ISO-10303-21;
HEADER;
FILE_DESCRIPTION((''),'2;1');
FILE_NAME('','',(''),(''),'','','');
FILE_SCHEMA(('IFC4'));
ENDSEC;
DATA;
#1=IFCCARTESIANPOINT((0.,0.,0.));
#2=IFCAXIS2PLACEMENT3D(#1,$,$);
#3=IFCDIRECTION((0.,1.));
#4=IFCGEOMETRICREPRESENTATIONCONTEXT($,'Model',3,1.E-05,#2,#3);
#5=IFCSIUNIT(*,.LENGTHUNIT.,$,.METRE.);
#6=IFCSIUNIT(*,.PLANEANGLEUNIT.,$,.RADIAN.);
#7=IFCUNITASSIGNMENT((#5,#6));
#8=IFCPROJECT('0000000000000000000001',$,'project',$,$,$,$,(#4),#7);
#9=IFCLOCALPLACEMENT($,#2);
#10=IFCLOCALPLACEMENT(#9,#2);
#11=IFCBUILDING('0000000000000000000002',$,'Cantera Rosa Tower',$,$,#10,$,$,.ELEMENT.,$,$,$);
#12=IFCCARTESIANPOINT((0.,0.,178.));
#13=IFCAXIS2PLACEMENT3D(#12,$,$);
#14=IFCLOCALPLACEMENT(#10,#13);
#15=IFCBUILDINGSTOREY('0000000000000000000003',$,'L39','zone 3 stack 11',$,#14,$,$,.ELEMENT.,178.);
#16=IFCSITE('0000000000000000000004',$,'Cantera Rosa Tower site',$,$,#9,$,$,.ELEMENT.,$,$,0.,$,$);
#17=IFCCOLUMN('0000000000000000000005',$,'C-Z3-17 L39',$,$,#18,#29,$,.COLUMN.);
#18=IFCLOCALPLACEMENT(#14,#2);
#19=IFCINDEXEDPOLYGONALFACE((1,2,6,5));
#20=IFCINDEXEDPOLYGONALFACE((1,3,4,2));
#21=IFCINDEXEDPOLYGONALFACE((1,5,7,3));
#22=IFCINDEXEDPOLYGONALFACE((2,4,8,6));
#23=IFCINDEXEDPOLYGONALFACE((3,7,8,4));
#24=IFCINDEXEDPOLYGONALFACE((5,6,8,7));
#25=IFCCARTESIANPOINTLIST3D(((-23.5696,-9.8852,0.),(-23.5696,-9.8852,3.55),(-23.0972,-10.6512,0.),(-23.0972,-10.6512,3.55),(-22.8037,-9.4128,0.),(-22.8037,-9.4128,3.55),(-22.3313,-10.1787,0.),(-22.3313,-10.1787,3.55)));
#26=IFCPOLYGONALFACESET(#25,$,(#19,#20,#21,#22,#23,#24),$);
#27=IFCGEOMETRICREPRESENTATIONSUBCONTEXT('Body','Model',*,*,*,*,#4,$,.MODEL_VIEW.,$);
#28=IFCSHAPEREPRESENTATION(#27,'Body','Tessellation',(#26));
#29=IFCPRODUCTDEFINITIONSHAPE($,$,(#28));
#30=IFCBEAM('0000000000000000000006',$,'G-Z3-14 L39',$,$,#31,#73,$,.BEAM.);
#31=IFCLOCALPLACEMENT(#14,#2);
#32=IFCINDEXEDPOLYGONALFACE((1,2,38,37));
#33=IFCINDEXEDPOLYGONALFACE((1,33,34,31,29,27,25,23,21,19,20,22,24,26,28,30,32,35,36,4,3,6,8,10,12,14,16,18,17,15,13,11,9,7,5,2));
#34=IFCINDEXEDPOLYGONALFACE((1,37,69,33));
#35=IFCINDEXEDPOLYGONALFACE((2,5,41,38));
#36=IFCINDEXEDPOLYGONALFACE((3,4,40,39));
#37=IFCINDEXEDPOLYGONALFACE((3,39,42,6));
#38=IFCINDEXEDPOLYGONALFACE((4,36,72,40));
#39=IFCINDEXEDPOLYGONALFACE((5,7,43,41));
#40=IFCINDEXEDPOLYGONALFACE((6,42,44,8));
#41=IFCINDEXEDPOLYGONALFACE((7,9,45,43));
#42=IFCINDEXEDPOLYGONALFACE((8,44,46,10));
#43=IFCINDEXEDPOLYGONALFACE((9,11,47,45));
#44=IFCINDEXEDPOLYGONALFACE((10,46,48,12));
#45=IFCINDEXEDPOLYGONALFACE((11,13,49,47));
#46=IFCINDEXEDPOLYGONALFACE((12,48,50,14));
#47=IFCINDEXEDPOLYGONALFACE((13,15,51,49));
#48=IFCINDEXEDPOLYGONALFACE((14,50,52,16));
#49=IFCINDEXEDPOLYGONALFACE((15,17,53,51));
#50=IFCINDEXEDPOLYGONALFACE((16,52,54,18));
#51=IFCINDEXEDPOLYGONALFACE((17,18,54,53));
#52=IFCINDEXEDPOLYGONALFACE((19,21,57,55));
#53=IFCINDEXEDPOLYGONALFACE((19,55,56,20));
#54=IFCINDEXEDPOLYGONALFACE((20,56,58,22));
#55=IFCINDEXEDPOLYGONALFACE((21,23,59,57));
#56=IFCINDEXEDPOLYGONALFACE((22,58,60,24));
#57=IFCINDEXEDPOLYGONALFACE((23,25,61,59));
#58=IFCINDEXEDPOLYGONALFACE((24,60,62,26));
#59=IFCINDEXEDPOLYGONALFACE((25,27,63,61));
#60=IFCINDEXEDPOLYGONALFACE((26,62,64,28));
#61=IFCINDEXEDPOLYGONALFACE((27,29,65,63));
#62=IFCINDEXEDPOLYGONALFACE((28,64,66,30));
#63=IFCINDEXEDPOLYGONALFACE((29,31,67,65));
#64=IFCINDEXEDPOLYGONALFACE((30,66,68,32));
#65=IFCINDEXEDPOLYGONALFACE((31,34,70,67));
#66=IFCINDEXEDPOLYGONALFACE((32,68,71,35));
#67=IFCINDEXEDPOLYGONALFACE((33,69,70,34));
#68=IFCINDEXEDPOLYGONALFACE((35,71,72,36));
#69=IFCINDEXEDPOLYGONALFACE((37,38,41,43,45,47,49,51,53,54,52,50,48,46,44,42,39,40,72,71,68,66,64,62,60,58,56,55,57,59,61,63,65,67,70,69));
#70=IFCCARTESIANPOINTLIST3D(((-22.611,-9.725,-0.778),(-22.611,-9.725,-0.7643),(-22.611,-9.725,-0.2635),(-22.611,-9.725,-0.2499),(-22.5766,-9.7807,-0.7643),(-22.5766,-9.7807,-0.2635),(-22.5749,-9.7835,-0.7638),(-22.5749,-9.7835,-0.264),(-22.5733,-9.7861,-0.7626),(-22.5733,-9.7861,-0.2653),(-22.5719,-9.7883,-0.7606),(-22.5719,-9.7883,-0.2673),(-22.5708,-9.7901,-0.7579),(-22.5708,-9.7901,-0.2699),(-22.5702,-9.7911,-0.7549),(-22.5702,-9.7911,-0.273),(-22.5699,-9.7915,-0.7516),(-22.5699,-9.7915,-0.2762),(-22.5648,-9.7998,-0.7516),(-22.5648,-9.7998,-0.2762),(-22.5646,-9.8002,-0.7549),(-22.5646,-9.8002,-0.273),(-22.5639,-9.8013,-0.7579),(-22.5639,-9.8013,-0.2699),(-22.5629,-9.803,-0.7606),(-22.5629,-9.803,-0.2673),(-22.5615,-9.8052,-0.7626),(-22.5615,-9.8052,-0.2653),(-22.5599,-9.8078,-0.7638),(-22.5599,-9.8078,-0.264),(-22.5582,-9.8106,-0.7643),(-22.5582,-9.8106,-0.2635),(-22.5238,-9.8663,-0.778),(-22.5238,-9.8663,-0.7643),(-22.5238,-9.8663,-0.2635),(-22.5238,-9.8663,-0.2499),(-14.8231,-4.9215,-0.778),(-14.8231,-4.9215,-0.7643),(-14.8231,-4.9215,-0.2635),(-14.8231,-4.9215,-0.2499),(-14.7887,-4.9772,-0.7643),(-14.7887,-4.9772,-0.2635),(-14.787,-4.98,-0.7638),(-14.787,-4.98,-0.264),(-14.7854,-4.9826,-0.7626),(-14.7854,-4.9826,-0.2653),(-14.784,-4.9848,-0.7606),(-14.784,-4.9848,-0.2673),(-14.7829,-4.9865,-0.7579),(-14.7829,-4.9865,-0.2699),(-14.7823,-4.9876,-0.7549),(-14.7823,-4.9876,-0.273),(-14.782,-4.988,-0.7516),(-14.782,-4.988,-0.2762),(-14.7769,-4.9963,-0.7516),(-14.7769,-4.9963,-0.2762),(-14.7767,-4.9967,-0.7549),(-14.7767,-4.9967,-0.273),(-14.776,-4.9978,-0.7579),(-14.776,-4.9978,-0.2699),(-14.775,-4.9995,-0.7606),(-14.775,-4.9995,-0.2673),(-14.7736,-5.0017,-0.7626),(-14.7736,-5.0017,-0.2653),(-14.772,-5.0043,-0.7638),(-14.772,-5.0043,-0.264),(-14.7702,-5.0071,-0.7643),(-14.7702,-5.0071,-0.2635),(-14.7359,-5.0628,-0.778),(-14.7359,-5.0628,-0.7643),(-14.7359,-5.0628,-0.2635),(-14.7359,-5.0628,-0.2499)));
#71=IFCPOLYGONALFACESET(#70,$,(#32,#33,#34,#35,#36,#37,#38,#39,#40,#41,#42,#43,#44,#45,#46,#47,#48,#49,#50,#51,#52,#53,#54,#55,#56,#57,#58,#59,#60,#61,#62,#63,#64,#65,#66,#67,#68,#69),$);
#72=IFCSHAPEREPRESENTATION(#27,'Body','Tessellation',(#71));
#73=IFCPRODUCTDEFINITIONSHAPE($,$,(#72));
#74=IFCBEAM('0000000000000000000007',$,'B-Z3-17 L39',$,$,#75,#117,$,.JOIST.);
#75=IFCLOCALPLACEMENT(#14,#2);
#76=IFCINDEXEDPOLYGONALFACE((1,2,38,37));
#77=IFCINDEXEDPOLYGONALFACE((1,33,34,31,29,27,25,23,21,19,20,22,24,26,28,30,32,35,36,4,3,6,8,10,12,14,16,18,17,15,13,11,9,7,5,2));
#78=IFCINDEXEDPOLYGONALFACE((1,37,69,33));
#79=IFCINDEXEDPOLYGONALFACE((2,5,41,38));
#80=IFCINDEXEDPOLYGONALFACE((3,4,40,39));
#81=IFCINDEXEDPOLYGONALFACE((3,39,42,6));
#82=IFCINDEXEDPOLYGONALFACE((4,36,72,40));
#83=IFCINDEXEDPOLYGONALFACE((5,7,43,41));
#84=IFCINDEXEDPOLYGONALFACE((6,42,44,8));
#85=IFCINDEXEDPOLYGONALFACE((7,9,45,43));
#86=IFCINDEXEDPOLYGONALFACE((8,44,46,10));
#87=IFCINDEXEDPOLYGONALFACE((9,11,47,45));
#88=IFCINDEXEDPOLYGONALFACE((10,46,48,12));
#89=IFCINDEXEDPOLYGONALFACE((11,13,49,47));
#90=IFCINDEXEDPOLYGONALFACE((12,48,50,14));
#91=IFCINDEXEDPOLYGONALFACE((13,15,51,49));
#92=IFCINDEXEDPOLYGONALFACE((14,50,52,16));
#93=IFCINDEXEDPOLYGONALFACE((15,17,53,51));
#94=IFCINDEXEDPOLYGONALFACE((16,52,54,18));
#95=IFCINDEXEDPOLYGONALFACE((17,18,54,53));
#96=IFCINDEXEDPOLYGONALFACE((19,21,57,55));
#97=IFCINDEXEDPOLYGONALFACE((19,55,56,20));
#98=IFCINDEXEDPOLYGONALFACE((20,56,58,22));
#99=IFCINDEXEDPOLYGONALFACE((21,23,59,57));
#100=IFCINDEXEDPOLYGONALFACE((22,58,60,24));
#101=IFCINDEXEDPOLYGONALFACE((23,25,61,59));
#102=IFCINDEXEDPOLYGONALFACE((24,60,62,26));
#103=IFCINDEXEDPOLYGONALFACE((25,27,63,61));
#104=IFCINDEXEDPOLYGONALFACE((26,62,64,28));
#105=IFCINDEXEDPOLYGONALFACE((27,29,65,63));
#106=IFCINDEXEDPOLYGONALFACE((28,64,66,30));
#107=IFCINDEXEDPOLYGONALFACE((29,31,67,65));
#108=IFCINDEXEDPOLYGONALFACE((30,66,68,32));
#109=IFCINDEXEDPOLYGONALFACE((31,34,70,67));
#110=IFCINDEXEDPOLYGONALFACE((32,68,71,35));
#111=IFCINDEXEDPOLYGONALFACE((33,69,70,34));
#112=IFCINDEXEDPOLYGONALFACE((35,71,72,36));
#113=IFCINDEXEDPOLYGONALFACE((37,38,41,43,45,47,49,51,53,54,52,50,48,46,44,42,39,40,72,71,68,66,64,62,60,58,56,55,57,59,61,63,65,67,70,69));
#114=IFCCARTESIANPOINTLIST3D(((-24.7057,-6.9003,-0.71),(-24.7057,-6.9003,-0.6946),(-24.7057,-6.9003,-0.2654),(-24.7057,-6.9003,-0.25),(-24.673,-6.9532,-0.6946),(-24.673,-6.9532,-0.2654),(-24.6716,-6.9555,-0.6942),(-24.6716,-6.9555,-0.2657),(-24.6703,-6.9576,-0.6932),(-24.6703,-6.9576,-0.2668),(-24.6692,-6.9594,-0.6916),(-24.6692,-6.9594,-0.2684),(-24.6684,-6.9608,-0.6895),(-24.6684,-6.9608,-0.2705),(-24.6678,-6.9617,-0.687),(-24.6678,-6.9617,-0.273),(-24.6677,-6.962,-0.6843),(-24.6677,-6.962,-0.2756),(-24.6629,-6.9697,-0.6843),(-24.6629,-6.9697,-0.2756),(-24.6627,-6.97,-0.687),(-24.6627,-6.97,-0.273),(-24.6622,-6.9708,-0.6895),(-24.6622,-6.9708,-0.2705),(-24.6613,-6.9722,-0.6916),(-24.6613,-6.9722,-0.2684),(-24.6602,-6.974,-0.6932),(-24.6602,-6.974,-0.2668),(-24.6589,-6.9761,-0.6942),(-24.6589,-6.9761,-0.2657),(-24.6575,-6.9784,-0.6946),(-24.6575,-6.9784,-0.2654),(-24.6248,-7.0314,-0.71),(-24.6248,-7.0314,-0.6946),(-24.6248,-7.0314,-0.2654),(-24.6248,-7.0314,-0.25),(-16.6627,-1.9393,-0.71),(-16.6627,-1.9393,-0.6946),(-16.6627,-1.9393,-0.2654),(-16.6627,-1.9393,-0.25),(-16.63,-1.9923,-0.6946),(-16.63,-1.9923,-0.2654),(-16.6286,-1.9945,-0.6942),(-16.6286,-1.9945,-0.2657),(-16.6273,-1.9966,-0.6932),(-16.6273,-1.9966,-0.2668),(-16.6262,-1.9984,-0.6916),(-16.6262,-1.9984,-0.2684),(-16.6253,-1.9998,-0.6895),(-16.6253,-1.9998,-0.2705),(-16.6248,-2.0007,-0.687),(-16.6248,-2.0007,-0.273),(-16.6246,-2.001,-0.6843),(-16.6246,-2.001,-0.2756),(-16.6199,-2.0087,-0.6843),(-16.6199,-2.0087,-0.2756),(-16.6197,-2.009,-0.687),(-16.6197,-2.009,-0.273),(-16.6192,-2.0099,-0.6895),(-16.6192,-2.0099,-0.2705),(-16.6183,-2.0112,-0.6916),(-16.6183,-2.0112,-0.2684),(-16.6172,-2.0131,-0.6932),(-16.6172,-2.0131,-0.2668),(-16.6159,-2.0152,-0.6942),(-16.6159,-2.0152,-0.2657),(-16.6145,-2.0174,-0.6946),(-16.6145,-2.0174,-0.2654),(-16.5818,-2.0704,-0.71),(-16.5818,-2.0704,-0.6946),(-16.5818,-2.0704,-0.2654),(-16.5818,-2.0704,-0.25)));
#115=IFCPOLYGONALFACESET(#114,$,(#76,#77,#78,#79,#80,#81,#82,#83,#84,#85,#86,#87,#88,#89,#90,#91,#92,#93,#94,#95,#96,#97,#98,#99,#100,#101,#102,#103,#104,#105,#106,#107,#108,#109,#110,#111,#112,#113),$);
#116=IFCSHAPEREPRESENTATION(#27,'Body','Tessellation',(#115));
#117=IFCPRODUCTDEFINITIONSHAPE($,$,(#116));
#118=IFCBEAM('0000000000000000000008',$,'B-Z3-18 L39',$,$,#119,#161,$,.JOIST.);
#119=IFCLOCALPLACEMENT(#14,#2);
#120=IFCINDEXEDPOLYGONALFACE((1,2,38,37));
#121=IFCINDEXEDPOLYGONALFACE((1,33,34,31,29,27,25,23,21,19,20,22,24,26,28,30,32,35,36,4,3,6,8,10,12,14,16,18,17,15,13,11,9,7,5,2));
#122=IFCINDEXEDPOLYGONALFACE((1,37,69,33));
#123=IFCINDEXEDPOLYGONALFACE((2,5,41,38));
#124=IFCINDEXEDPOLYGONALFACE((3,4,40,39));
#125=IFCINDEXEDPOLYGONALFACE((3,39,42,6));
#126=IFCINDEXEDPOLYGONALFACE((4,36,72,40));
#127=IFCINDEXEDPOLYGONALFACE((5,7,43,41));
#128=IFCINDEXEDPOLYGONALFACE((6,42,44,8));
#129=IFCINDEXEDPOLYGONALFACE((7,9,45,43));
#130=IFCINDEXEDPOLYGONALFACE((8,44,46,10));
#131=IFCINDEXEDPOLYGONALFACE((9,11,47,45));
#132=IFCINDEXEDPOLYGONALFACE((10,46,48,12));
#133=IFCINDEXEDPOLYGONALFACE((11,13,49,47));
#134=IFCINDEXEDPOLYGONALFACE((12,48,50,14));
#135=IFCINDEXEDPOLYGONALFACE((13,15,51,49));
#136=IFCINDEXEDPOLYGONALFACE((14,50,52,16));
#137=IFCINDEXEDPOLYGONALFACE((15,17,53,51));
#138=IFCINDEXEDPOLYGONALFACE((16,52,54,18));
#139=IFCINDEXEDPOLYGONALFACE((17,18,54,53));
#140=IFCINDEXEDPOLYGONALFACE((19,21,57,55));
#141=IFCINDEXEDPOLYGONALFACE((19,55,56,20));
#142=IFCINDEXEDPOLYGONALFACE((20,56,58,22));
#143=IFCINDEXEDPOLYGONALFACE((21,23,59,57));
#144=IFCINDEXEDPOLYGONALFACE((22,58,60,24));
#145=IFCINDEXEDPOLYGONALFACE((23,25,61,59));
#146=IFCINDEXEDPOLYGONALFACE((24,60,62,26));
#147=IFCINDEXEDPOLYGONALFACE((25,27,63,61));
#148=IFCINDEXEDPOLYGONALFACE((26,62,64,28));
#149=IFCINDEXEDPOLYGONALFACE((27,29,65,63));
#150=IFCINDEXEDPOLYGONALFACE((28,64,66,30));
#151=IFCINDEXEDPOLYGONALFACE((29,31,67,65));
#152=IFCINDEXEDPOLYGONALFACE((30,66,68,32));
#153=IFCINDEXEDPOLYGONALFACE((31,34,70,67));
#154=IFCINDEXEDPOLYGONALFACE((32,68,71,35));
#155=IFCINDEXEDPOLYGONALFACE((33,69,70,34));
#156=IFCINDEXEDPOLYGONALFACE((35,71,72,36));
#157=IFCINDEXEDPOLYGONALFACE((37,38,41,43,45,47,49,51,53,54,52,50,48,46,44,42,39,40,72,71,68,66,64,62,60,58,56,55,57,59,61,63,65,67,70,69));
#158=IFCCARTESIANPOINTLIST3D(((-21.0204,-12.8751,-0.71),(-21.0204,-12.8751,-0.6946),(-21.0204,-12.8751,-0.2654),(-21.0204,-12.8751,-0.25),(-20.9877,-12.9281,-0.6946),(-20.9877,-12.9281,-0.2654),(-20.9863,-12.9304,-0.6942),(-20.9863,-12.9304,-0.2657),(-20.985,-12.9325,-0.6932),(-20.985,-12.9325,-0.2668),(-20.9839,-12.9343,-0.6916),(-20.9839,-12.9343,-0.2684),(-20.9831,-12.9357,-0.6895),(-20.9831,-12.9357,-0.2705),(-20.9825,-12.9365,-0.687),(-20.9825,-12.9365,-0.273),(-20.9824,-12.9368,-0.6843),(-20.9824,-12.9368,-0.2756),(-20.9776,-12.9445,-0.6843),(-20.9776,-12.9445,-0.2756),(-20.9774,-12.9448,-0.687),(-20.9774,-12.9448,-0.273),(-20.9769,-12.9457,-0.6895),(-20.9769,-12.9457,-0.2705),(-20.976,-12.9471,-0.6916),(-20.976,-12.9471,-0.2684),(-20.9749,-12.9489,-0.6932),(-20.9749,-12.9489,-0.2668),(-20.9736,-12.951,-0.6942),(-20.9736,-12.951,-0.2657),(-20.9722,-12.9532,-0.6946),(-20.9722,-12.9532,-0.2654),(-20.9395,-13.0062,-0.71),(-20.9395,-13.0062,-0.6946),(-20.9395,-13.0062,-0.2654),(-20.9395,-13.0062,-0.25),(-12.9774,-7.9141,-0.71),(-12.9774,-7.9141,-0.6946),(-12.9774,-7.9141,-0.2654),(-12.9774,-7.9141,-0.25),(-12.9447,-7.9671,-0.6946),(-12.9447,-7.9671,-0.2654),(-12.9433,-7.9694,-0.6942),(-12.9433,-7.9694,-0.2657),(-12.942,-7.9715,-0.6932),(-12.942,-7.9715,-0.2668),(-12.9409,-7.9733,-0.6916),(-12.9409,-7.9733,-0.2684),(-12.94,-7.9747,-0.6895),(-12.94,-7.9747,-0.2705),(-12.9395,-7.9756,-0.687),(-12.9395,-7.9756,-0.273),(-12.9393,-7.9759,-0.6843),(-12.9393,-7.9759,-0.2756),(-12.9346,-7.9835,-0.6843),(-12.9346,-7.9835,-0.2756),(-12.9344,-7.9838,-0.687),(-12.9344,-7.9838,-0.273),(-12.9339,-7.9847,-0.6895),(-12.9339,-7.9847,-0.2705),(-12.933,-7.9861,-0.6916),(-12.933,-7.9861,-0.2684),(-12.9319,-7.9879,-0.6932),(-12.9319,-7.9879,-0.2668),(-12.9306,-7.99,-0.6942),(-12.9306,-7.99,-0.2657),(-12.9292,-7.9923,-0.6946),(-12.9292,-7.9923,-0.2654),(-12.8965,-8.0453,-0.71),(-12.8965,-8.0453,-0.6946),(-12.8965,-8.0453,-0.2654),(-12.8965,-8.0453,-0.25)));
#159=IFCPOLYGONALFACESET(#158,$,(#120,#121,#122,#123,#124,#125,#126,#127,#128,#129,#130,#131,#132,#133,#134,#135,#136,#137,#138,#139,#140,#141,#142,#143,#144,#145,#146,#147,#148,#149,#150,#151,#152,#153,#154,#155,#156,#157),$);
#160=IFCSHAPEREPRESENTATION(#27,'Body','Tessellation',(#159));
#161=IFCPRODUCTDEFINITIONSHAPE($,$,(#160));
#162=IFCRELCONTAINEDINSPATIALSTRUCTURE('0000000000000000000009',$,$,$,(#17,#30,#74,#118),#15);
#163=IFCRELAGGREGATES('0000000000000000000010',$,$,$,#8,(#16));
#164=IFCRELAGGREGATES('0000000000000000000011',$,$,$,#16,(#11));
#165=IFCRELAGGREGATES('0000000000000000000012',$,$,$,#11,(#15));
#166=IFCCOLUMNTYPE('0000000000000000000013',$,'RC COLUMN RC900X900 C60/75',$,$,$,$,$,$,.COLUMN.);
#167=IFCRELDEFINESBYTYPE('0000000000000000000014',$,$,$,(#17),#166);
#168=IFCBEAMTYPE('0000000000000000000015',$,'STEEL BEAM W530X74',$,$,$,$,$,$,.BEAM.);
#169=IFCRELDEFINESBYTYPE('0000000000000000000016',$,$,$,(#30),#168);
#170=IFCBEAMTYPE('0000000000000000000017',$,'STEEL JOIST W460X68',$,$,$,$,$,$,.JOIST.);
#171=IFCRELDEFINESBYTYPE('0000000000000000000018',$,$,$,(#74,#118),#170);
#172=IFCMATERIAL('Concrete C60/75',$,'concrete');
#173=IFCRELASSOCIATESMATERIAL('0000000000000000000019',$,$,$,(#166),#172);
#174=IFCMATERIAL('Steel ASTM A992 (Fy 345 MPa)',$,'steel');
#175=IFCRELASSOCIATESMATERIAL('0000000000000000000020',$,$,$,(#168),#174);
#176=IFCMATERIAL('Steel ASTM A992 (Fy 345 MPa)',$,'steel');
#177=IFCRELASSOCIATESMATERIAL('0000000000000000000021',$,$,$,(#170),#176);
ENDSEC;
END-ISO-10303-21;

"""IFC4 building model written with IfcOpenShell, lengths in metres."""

from ifc_helpers import new_model, si_unit, direction, frame, origin, origin_2d, place, context, subcontext, project, spatial, rectangle, i_section, extrude, material, material_profile, profile_set, type_object, element, save


model = new_model("IFC4")

# Units and contexts
model_context = context("Model", 3, precision=1e-05, world=origin(), true_north=direction((0.0, 1.0)))
body_context = subcontext(model_context, "Body", "Model", "MODEL_VIEW")
ifc_project = project(units=[si_unit("LENGTHUNIT", "METRE"), si_unit("PLANEANGLEUNIT", "RADIAN")], contexts=[model_context])

# Site, building, storey
site_placement = place(None, origin())
site = spatial("IfcSite", under=ifc_project, at=site_placement, Name="Cantera Rosa Tower site", CompositionType="ELEMENT", RefElevation=0.0)
building_placement = place(site_placement, origin())
building = spatial("IfcBuilding", under=site, at=building_placement, Name="Cantera Rosa Tower", CompositionType="ELEMENT")
storey_placement = place(building_placement, frame((0.0, 0.0, 178.0)))
storey = spatial("IfcBuildingStorey", under=building, at=storey_placement, Name="L39", Description="zone 3 stack 11", CompositionType="ELEMENT", Elevation=178.0)

# Column
ifc_material_1 = material(Name="Concrete C60/75", Category="concrete")
ifc_material_profile_1 = material_profile(ifc_material_1, rectangle(XDim=0.8999, YDim=0.8999, at=origin_2d()), Name="RC COLUMN RC900X900 C60/75")
ifc_profile_set_1 = profile_set([ifc_material_profile_1], Name="Concrete C60/75")
column_type = type_object("IfcColumnType", Name="RC COLUMN RC900X900 C60/75", PredefinedType="COLUMN", material=ifc_profile_set_1)
column_placement = place(storey_placement, frame((-22.9504, -10.032, 0.0), z_axis=(0.0, 0.0, 1.0), x_axis=(0.851117, 0.524977, 0.0)))
element("IfcColumn", 1, at=column_placement, inside=storey, type_object=column_type, Name="C-Z3-17 L39", PredefinedType="COLUMN", context=body_context, shape_type="SweptSolid", body=[
    extrude(rectangle(XDim=0.8999, YDim=0.8999, at=origin_2d()), origin(), (0.0, 0.0, 1.0), 3.55),
])

# Beams
ifc_material_2 = material(Name="Steel ASTM A992 (Fy 345 MPa)", Category="steel")
ifc_material_profile_2 = material_profile(ifc_material_2, i_section(OverallWidth=0.166, OverallDepth=0.5281, WebThickness=0.0098, FlangeThickness=0.0137, FilletRadius=0.0127, at=origin_2d()), Name="W530X74")
ifc_profile_set_2 = profile_set([ifc_material_profile_2], Name="Steel ASTM A992 (Fy 345 MPa)")
beam_type_1 = type_object("IfcBeamType", Name="STEEL BEAM W530X74", PredefinedType="BEAM", material=ifc_profile_set_2)
beam_placement = place(storey_placement, frame((-22.5674, -9.7957, -0.5139), z_axis=(0.851124, 0.524965, 0.0), x_axis=(-0.524965, 0.851124, 0.0)))
element("IfcBeam", 2, at=beam_placement, inside=storey, type_object=beam_type_1, Name="G-Z3-14 L39", PredefinedType="BEAM", context=body_context, shape_type="SweptSolid", body=[
    extrude(i_section(OverallWidth=0.166, OverallDepth=0.5281, WebThickness=0.0098, FlangeThickness=0.0137, FilletRadius=0.0127, at=origin_2d()), origin(), (0.0, 0.0, 1.0), 9.1501),
])
ifc_material_3 = material(Name="Steel ASTM A992 (Fy 345 MPa)", Category="steel")
ifc_material_profile_3 = material_profile(ifc_material_3, i_section(OverallWidth=0.1541, OverallDepth=0.46, WebThickness=0.009, FlangeThickness=0.0154, FilletRadius=0.0103, at=origin_2d()), Name="W460X68")
ifc_profile_set_3 = profile_set([ifc_material_profile_3], Name="Steel ASTM A992 (Fy 345 MPa)")
beam_type_2 = type_object("IfcBeamType", Name="STEEL JOIST W460X68", PredefinedType="JOIST", material=ifc_profile_set_3)
for number, where, z_axis, x_axis, name in (
    (3, (-24.6653, -6.9658, -0.48), (0.851119, 0.524974, 0.0), (-0.524974, 0.851119, 0.0), "B-Z3-17 L39"),
    (4, (-20.98, -12.9407, -0.48), (0.851119, 0.524974, 0.0), (-0.524974, 0.851119, 0.0), "B-Z3-18 L39"),
):
    element("IfcBeam", number, at=place(storey_placement, frame(where, z_axis=z_axis, x_axis=x_axis)), inside=storey, type_object=beam_type_2, Name=name, PredefinedType="JOIST", context=body_context, shape_type="SweptSolid", body=[
        extrude(i_section(OverallWidth=0.1541, OverallDepth=0.46, WebThickness=0.009, FlangeThickness=0.0154, FilletRadius=0.0103, at=origin_2d()), origin(), (0.0, 0.0, 1.0), 9.45),
    ])

save(model, "model.ifc")
